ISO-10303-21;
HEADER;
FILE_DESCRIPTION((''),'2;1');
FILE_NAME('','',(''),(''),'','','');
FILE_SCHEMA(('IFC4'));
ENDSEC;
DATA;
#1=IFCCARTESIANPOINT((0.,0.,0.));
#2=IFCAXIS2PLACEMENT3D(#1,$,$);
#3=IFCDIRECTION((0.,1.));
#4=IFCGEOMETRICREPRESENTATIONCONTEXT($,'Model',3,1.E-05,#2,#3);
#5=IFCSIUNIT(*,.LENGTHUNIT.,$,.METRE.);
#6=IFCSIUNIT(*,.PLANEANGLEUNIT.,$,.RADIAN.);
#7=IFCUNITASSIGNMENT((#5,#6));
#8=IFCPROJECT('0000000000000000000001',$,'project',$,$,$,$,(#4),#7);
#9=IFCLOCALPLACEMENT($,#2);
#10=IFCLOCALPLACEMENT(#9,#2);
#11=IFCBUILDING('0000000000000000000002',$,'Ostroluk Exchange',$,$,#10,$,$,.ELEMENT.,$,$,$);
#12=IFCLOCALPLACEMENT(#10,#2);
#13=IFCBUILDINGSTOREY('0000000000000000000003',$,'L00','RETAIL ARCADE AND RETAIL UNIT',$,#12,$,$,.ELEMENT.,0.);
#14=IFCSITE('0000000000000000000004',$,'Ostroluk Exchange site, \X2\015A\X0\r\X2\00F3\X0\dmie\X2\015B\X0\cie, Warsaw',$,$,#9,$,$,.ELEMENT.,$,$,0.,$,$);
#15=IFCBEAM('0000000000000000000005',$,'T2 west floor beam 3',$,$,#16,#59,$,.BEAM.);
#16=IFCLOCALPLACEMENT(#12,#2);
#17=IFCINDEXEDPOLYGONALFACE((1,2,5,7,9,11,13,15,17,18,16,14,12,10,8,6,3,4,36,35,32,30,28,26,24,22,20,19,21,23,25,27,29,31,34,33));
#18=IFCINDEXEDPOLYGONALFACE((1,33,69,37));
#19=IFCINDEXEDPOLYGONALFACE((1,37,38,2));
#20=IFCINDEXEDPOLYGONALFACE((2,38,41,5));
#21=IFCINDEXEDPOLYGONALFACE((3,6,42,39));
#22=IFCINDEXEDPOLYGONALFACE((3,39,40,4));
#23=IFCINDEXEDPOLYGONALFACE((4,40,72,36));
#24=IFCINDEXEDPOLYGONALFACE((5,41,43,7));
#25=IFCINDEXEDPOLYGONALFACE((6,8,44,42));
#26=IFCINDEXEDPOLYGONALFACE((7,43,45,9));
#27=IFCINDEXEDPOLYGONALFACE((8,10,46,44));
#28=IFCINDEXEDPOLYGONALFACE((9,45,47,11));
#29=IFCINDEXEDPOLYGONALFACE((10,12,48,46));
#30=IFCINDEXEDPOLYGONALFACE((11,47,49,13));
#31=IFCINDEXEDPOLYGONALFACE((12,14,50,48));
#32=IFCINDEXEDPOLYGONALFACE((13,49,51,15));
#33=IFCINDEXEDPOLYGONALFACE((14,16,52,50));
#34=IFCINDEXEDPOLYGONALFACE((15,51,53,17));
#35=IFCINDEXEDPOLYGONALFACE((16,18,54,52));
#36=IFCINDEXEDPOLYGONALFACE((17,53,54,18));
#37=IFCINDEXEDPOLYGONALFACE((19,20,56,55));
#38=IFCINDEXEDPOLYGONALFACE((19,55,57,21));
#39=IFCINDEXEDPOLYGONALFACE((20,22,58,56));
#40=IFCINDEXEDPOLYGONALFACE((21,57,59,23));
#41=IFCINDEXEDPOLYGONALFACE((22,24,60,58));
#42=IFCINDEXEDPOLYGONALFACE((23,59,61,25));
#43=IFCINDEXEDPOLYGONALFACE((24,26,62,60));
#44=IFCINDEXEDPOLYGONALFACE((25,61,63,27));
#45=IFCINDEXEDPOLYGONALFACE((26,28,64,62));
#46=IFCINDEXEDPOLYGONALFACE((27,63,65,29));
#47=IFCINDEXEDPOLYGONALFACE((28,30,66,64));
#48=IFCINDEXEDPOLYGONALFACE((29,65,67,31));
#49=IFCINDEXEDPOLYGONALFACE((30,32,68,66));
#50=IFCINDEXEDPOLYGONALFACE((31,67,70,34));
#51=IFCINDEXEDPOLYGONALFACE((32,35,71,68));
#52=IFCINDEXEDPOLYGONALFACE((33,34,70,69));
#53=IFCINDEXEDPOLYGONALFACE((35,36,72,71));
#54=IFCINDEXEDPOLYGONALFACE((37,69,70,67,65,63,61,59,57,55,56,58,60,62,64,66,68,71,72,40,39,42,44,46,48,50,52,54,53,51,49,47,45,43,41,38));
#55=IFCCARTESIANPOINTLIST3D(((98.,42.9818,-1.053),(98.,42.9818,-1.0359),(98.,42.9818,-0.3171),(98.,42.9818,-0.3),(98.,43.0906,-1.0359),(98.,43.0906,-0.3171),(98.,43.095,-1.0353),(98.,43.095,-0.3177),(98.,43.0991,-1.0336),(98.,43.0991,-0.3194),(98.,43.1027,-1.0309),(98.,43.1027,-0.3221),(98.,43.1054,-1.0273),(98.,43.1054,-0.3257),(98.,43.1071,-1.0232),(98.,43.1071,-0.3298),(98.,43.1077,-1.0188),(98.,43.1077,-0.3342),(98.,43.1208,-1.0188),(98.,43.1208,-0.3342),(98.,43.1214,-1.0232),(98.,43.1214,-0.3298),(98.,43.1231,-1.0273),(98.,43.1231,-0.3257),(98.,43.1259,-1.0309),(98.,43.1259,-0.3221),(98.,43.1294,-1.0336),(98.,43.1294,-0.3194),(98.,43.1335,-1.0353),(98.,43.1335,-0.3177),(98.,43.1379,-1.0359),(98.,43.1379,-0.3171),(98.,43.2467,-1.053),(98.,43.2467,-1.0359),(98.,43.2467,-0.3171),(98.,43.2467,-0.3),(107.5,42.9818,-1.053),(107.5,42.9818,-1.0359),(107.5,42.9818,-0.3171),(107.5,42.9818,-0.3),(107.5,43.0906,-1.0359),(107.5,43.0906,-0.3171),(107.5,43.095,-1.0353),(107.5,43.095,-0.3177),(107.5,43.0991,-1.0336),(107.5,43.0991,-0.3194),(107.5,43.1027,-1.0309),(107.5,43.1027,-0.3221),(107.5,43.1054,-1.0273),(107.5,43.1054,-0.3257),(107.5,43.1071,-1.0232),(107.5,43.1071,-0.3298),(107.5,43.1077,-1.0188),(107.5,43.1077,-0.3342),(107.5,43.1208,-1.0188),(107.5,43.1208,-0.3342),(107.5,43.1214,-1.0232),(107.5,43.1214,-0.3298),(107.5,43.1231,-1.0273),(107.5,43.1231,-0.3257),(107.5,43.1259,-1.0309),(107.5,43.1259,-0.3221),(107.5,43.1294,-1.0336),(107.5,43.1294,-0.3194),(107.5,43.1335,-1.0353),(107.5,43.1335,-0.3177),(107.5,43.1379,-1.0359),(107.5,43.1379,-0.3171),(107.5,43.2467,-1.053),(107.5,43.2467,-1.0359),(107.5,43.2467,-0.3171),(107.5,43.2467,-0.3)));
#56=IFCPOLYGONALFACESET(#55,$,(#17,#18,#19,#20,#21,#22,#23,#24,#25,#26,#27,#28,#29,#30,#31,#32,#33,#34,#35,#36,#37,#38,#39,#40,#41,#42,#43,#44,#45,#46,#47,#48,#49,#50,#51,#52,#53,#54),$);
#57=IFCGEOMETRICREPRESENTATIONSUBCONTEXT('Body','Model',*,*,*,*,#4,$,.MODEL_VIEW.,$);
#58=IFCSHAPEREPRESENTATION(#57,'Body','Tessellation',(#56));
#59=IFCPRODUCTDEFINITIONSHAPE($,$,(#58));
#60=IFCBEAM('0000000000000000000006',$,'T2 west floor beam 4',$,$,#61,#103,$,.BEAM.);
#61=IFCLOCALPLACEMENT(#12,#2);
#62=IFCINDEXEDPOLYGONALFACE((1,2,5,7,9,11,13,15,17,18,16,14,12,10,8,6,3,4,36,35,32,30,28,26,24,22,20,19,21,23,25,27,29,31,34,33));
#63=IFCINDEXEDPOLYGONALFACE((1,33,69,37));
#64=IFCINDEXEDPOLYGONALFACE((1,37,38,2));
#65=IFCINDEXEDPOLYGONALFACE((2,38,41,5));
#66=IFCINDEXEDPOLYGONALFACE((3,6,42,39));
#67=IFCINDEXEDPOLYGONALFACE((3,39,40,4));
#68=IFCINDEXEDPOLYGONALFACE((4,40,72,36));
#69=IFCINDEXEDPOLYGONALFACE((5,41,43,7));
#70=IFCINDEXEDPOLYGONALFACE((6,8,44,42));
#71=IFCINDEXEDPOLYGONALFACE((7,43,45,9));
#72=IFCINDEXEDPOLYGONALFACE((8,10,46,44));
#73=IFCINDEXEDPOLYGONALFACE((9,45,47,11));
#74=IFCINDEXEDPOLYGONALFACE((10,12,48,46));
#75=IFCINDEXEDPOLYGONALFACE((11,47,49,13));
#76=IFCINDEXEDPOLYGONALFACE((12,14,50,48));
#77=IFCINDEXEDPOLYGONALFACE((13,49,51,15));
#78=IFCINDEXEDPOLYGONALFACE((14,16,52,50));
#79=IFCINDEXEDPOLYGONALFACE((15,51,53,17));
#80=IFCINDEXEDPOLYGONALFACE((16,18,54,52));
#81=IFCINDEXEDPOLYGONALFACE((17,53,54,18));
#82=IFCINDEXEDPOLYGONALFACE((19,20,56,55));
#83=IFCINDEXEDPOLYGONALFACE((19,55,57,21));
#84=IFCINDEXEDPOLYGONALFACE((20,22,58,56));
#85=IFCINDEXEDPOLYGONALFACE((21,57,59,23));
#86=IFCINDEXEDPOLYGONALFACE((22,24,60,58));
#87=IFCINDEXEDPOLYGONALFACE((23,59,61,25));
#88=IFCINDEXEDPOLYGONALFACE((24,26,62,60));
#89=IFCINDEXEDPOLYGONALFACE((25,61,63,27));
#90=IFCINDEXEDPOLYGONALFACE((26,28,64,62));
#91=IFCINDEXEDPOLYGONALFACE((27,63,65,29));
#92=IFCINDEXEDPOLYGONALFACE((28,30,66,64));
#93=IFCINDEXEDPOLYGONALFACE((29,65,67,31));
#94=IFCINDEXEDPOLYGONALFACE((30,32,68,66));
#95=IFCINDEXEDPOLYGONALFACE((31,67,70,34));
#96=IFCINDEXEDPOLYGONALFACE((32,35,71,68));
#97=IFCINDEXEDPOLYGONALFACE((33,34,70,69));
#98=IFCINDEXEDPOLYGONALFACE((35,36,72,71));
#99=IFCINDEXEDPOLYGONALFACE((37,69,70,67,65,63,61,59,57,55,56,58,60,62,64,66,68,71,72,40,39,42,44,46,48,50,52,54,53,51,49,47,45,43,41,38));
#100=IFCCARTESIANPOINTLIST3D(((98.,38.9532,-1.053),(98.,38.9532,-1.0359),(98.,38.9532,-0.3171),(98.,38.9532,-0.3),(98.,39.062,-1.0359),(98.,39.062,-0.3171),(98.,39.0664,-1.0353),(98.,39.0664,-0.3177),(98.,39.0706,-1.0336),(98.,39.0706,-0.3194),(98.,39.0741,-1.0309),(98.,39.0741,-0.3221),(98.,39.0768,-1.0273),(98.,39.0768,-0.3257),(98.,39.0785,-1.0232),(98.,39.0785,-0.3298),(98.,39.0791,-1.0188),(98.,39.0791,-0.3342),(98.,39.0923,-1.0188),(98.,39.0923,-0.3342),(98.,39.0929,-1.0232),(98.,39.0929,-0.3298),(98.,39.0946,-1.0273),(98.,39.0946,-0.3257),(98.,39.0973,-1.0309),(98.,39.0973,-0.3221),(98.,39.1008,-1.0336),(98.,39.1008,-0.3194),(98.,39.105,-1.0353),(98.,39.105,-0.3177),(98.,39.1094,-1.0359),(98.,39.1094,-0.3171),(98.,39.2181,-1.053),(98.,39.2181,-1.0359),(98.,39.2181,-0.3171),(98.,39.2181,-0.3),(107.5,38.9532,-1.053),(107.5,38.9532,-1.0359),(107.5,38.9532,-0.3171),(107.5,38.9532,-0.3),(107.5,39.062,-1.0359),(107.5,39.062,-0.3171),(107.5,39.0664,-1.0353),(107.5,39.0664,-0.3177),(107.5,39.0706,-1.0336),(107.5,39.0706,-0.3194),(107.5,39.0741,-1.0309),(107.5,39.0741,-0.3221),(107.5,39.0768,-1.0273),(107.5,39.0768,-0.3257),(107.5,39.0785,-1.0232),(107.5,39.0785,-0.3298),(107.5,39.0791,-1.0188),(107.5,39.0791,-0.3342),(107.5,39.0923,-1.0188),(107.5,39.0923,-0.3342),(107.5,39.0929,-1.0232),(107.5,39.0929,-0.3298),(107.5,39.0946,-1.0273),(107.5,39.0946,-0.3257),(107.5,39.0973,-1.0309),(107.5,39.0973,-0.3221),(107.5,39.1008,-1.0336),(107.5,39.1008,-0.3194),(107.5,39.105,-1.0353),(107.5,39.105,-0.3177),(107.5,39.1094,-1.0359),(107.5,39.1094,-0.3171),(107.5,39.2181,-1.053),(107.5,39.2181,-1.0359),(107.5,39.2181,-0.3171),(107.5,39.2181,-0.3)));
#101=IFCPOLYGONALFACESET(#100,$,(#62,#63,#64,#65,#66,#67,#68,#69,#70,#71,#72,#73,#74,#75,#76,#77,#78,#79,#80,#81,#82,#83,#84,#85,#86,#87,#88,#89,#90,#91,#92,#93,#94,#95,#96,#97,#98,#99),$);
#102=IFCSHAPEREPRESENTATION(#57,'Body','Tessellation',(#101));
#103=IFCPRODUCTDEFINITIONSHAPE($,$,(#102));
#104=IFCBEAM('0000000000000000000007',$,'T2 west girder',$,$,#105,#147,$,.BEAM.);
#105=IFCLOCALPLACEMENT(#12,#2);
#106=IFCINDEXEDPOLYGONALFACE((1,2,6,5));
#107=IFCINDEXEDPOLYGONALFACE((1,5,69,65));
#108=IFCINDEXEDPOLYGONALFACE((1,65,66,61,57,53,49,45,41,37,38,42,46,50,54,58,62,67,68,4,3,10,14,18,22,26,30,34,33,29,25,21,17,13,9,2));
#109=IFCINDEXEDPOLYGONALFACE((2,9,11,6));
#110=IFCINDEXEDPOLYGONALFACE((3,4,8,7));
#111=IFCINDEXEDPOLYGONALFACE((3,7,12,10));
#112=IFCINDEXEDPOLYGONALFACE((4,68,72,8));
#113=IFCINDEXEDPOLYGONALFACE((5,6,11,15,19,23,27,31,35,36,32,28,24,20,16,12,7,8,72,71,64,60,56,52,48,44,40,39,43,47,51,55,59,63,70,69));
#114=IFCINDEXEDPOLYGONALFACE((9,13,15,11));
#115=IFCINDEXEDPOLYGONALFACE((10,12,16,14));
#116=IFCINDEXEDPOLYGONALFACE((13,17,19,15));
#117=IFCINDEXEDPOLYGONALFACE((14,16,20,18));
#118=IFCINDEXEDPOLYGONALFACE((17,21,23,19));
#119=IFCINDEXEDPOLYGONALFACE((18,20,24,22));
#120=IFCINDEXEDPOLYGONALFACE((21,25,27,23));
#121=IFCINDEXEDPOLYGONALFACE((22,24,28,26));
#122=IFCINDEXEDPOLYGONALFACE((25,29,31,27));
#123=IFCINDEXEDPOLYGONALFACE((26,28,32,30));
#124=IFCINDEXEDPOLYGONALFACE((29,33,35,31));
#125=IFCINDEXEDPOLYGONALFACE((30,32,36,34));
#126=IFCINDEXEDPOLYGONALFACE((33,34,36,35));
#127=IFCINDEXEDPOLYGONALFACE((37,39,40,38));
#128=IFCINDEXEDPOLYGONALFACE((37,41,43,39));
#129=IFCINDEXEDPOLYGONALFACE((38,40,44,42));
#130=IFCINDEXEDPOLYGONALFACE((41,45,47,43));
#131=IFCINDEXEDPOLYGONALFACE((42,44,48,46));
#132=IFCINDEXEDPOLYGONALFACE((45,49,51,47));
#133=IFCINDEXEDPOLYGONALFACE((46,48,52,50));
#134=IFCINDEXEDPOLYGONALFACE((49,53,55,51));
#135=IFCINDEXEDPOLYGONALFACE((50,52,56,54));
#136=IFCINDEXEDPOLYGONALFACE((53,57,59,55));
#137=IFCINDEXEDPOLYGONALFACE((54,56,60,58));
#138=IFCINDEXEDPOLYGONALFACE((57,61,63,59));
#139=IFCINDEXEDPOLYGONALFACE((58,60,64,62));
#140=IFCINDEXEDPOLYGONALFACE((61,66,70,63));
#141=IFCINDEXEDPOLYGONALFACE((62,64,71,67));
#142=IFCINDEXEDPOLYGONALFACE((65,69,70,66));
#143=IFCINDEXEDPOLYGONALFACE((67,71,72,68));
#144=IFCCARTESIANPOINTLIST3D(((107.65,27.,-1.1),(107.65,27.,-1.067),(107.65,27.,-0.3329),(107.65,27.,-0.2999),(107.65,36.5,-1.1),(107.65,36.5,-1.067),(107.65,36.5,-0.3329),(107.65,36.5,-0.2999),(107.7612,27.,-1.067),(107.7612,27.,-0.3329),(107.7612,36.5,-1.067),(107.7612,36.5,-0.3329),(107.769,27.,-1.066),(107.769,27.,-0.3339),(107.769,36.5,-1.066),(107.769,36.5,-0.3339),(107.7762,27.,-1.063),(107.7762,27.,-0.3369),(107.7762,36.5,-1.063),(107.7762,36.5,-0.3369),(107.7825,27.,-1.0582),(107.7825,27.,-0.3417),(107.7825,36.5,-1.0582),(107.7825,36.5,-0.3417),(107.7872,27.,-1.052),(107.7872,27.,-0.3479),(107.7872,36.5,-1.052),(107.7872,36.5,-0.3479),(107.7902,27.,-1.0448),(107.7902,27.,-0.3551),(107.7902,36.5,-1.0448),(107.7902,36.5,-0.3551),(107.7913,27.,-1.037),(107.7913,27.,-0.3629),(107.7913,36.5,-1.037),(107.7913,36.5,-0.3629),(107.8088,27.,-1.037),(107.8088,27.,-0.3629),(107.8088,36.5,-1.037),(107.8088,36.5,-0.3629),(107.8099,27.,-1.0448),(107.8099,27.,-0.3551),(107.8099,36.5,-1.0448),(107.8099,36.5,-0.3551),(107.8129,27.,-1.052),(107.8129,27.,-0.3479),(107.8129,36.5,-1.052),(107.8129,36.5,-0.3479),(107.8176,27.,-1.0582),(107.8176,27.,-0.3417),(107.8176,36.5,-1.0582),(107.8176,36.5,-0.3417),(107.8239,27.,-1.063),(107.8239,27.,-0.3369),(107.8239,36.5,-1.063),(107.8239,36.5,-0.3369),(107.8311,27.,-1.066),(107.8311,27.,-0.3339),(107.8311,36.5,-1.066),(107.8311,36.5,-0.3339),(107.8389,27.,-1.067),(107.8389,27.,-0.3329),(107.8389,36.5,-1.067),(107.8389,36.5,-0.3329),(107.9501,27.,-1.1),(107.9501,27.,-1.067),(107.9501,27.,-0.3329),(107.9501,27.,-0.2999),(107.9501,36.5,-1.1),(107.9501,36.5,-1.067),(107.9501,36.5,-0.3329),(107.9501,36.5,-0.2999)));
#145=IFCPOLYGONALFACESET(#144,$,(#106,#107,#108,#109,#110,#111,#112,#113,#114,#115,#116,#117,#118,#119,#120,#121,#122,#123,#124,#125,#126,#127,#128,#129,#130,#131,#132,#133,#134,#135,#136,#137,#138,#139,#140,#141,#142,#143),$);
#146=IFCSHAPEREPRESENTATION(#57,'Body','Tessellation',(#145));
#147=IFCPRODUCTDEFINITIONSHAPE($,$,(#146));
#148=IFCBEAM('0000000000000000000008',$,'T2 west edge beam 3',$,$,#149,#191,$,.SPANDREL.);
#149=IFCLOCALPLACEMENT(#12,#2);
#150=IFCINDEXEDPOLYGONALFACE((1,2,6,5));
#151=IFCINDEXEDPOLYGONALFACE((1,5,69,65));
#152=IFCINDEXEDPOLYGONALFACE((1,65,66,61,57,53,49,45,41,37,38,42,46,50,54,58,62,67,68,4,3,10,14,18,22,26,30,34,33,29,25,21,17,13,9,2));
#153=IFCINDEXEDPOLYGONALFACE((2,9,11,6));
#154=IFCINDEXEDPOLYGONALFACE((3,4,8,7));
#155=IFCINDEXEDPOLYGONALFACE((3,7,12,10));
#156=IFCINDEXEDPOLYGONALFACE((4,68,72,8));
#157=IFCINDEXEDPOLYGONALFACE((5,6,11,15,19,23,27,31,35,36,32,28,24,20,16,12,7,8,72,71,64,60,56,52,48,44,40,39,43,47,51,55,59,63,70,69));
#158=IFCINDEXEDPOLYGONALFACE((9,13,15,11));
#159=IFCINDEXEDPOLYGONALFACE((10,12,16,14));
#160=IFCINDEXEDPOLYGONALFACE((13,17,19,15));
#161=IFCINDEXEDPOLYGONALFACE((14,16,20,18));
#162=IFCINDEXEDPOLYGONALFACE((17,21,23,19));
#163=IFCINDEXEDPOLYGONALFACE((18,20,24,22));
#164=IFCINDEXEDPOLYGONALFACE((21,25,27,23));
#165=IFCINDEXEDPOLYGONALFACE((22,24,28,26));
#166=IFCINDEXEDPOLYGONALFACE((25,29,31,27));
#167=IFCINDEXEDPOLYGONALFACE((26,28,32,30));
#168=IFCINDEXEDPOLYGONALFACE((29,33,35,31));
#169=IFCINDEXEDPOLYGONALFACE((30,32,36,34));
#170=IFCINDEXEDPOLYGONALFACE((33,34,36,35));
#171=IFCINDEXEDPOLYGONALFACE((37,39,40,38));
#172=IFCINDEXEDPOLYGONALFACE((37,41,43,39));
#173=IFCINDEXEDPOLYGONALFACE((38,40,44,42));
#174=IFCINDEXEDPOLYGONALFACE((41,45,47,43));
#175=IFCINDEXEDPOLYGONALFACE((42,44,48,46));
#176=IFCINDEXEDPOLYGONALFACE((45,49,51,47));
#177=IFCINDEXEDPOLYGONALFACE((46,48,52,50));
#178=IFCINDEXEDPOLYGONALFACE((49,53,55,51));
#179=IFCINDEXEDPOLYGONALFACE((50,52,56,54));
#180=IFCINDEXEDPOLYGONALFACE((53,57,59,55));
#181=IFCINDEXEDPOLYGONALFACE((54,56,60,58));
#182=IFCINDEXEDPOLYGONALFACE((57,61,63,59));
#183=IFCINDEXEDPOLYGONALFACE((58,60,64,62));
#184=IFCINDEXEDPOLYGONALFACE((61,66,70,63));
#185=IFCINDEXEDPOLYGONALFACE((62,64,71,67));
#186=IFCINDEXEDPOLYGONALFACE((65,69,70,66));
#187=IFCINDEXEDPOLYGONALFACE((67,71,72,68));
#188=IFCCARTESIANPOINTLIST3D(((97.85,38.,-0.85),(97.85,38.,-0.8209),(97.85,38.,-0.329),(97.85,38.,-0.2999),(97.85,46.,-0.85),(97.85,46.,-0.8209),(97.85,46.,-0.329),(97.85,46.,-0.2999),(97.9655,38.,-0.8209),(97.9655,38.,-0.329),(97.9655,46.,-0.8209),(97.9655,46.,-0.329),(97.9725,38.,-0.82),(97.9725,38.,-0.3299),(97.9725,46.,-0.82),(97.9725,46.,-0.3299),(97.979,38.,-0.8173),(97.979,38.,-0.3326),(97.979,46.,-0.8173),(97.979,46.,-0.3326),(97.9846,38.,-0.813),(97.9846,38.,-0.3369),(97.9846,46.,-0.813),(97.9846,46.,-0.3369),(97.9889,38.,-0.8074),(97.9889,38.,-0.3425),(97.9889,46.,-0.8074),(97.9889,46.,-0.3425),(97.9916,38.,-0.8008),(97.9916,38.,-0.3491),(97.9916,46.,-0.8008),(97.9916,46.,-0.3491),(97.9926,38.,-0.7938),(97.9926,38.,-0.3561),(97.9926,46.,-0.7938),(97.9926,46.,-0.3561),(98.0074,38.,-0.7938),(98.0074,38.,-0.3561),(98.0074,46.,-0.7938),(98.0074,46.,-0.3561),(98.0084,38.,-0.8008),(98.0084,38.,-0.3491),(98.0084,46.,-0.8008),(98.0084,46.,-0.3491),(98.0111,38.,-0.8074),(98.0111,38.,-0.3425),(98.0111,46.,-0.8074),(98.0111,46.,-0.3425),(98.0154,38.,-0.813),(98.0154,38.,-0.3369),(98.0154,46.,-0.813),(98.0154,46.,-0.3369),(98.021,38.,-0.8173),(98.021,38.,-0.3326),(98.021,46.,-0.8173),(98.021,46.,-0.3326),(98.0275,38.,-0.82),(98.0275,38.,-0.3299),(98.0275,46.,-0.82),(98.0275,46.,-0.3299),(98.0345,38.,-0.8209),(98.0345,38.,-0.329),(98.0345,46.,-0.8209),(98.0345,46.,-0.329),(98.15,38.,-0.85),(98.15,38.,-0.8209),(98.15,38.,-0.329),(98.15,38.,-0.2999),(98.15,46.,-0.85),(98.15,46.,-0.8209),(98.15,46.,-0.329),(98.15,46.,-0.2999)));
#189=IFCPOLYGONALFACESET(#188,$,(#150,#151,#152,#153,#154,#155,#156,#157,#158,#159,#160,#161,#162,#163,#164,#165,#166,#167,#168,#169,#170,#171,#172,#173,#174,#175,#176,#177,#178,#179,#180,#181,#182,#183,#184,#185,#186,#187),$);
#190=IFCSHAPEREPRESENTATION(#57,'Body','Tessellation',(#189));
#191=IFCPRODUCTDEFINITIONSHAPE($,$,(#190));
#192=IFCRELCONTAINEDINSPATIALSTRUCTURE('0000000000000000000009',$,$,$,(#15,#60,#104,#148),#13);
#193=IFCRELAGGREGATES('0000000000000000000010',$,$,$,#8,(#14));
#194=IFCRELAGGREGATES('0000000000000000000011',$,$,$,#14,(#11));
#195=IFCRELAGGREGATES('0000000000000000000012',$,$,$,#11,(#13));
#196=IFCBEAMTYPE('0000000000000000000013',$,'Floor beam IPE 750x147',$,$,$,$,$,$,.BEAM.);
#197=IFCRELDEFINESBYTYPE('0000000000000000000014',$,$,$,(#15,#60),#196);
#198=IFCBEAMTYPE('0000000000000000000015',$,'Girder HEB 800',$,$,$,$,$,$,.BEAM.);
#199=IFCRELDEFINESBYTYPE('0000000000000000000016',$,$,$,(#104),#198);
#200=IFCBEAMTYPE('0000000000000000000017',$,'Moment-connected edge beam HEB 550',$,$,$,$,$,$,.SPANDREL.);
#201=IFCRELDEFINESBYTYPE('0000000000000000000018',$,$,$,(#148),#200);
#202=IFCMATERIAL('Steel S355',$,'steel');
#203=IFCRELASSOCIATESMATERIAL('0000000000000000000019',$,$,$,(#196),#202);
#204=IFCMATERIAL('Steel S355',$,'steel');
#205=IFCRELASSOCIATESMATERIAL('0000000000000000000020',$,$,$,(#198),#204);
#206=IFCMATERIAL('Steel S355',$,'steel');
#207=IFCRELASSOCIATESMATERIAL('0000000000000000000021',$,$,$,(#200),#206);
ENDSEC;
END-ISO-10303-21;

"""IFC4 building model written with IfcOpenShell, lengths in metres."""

from ifc_helpers import new_model, si_unit, direction, frame, origin, origin_2d, place, context, subcontext, project, spatial, i_section, extrude, material, material_profile, profile_set, type_object, element, save


model = new_model("IFC4")

# Units and contexts
model_context = context("Model", 3, precision=1e-05, world=origin(), true_north=direction((0.0, 1.0)))
body_context = subcontext(model_context, "Body", "Model", "MODEL_VIEW")
ifc_project = project(units=[si_unit("LENGTHUNIT", "METRE"), si_unit("PLANEANGLEUNIT", "RADIAN")], contexts=[model_context])

# Site, building, storey
site_placement = place(None, origin())
site = spatial("IfcSite", under=ifc_project, at=site_placement, Name="Ostroluk Exchange site, Śródmieście, Warsaw", CompositionType="ELEMENT", RefElevation=0.0)
building_placement = place(site_placement, origin())
building = spatial("IfcBuilding", under=site, at=building_placement, Name="Ostroluk Exchange", CompositionType="ELEMENT")
storey_placement = place(building_placement, origin())
storey = spatial("IfcBuildingStorey", under=building, at=storey_placement, Name="L00", Description="RETAIL ARCADE AND RETAIL UNIT", CompositionType="ELEMENT", Elevation=0.0)

# Beams
ifc_material_1 = material(Name="Steel S355", Category="steel")
ifc_material_profile_1 = material_profile(ifc_material_1, i_section(OverallWidth=0.2649, OverallDepth=0.7529, WebThickness=0.0132, FlangeThickness=0.0171, FilletRadius=0.0171, at=origin_2d()), Name="IPE 750x147")
ifc_profile_set_1 = profile_set([ifc_material_profile_1], Name="Steel S355")
beam_type_1 = type_object("IfcBeamType", Name="Floor beam IPE 750x147", PredefinedType="BEAM", material=ifc_profile_set_1)
for number, where, z_axis, x_axis, name in (
    (1, (107.5, 43.1143, -0.6765), (-1.0, 0.0, 0.0), (0.0, -1.0, 0.0), "T2 west floor beam 3"),
    (2, (107.5, 39.0857, -0.6765), (-1.0, 0.0, 0.0), (0.0, -1.0, 0.0), "T2 west floor beam 4"),
):
    element("IfcBeam", number, at=place(storey_placement, frame(where, z_axis=z_axis, x_axis=x_axis)), inside=storey, type_object=beam_type_1, Name=name, PredefinedType="BEAM", context=body_context, shape_type="SweptSolid", body=[
        extrude(i_section(OverallWidth=0.2649, OverallDepth=0.7529, WebThickness=0.0132, FlangeThickness=0.0171, FilletRadius=0.0171, at=origin_2d()), origin(), (0.0, 0.0, 1.0), 9.5),
    ])
ifc_material_2 = material(Name="Steel S355", Category="steel")
ifc_material_profile_2 = material_profile(ifc_material_2, i_section(OverallWidth=0.3, OverallDepth=0.8, WebThickness=0.0176, FlangeThickness=0.033, FilletRadius=0.03, at=origin_2d()), Name="HEB 800")
ifc_profile_set_2 = profile_set([ifc_material_profile_2], Name="Steel S355")
beam_type_2 = type_object("IfcBeamType", Name="Girder HEB 800", PredefinedType="BEAM", material=ifc_profile_set_2)
beam_placement = place(storey_placement, frame((107.8, 36.5, -0.7), z_axis=(0.0, -1.0, 0.0), x_axis=(1.0, 0.0, 0.0)))
element("IfcBeam", 3, at=beam_placement, inside=storey, type_object=beam_type_2, Name="T2 west girder", PredefinedType="BEAM", context=body_context, shape_type="SweptSolid", body=[
    extrude(i_section(OverallWidth=0.3, OverallDepth=0.8, WebThickness=0.0176, FlangeThickness=0.033, FilletRadius=0.03, at=origin_2d()), origin(), (0.0, 0.0, 1.0), 9.5),
])
ifc_material_3 = material(Name="Steel S355", Category="steel")
ifc_material_profile_3 = material_profile(ifc_material_3, i_section(OverallWidth=0.3, OverallDepth=0.55, WebThickness=0.0149, FlangeThickness=0.0291, FilletRadius=0.0271, at=origin_2d()), Name="HEB 550")
ifc_profile_set_3 = profile_set([ifc_material_profile_3], Name="Steel S355")
beam_type_3 = type_object("IfcBeamType", Name="Moment-connected edge beam HEB 550", PredefinedType="SPANDREL", material=ifc_profile_set_3)
for number, where, z_axis, x_axis, name in (
    (4, (98.0, 46.0, -0.575), (0.0, -1.0, 0.0), (1.0, 0.0, 0.0), "T2 west edge beam 3"),
):
    element("IfcBeam", number, at=place(storey_placement, frame(where, z_axis=z_axis, x_axis=x_axis)), inside=storey, type_object=beam_type_3, Name=name, PredefinedType="SPANDREL", context=body_context, shape_type="SweptSolid", body=[
        extrude(i_section(OverallWidth=0.3, OverallDepth=0.55, WebThickness=0.0149, FlangeThickness=0.0291, FilletRadius=0.0271, at=origin_2d()), origin(), (0.0, 0.0, 1.0), 8.0),
    ])

save(model, "model.ifc")
